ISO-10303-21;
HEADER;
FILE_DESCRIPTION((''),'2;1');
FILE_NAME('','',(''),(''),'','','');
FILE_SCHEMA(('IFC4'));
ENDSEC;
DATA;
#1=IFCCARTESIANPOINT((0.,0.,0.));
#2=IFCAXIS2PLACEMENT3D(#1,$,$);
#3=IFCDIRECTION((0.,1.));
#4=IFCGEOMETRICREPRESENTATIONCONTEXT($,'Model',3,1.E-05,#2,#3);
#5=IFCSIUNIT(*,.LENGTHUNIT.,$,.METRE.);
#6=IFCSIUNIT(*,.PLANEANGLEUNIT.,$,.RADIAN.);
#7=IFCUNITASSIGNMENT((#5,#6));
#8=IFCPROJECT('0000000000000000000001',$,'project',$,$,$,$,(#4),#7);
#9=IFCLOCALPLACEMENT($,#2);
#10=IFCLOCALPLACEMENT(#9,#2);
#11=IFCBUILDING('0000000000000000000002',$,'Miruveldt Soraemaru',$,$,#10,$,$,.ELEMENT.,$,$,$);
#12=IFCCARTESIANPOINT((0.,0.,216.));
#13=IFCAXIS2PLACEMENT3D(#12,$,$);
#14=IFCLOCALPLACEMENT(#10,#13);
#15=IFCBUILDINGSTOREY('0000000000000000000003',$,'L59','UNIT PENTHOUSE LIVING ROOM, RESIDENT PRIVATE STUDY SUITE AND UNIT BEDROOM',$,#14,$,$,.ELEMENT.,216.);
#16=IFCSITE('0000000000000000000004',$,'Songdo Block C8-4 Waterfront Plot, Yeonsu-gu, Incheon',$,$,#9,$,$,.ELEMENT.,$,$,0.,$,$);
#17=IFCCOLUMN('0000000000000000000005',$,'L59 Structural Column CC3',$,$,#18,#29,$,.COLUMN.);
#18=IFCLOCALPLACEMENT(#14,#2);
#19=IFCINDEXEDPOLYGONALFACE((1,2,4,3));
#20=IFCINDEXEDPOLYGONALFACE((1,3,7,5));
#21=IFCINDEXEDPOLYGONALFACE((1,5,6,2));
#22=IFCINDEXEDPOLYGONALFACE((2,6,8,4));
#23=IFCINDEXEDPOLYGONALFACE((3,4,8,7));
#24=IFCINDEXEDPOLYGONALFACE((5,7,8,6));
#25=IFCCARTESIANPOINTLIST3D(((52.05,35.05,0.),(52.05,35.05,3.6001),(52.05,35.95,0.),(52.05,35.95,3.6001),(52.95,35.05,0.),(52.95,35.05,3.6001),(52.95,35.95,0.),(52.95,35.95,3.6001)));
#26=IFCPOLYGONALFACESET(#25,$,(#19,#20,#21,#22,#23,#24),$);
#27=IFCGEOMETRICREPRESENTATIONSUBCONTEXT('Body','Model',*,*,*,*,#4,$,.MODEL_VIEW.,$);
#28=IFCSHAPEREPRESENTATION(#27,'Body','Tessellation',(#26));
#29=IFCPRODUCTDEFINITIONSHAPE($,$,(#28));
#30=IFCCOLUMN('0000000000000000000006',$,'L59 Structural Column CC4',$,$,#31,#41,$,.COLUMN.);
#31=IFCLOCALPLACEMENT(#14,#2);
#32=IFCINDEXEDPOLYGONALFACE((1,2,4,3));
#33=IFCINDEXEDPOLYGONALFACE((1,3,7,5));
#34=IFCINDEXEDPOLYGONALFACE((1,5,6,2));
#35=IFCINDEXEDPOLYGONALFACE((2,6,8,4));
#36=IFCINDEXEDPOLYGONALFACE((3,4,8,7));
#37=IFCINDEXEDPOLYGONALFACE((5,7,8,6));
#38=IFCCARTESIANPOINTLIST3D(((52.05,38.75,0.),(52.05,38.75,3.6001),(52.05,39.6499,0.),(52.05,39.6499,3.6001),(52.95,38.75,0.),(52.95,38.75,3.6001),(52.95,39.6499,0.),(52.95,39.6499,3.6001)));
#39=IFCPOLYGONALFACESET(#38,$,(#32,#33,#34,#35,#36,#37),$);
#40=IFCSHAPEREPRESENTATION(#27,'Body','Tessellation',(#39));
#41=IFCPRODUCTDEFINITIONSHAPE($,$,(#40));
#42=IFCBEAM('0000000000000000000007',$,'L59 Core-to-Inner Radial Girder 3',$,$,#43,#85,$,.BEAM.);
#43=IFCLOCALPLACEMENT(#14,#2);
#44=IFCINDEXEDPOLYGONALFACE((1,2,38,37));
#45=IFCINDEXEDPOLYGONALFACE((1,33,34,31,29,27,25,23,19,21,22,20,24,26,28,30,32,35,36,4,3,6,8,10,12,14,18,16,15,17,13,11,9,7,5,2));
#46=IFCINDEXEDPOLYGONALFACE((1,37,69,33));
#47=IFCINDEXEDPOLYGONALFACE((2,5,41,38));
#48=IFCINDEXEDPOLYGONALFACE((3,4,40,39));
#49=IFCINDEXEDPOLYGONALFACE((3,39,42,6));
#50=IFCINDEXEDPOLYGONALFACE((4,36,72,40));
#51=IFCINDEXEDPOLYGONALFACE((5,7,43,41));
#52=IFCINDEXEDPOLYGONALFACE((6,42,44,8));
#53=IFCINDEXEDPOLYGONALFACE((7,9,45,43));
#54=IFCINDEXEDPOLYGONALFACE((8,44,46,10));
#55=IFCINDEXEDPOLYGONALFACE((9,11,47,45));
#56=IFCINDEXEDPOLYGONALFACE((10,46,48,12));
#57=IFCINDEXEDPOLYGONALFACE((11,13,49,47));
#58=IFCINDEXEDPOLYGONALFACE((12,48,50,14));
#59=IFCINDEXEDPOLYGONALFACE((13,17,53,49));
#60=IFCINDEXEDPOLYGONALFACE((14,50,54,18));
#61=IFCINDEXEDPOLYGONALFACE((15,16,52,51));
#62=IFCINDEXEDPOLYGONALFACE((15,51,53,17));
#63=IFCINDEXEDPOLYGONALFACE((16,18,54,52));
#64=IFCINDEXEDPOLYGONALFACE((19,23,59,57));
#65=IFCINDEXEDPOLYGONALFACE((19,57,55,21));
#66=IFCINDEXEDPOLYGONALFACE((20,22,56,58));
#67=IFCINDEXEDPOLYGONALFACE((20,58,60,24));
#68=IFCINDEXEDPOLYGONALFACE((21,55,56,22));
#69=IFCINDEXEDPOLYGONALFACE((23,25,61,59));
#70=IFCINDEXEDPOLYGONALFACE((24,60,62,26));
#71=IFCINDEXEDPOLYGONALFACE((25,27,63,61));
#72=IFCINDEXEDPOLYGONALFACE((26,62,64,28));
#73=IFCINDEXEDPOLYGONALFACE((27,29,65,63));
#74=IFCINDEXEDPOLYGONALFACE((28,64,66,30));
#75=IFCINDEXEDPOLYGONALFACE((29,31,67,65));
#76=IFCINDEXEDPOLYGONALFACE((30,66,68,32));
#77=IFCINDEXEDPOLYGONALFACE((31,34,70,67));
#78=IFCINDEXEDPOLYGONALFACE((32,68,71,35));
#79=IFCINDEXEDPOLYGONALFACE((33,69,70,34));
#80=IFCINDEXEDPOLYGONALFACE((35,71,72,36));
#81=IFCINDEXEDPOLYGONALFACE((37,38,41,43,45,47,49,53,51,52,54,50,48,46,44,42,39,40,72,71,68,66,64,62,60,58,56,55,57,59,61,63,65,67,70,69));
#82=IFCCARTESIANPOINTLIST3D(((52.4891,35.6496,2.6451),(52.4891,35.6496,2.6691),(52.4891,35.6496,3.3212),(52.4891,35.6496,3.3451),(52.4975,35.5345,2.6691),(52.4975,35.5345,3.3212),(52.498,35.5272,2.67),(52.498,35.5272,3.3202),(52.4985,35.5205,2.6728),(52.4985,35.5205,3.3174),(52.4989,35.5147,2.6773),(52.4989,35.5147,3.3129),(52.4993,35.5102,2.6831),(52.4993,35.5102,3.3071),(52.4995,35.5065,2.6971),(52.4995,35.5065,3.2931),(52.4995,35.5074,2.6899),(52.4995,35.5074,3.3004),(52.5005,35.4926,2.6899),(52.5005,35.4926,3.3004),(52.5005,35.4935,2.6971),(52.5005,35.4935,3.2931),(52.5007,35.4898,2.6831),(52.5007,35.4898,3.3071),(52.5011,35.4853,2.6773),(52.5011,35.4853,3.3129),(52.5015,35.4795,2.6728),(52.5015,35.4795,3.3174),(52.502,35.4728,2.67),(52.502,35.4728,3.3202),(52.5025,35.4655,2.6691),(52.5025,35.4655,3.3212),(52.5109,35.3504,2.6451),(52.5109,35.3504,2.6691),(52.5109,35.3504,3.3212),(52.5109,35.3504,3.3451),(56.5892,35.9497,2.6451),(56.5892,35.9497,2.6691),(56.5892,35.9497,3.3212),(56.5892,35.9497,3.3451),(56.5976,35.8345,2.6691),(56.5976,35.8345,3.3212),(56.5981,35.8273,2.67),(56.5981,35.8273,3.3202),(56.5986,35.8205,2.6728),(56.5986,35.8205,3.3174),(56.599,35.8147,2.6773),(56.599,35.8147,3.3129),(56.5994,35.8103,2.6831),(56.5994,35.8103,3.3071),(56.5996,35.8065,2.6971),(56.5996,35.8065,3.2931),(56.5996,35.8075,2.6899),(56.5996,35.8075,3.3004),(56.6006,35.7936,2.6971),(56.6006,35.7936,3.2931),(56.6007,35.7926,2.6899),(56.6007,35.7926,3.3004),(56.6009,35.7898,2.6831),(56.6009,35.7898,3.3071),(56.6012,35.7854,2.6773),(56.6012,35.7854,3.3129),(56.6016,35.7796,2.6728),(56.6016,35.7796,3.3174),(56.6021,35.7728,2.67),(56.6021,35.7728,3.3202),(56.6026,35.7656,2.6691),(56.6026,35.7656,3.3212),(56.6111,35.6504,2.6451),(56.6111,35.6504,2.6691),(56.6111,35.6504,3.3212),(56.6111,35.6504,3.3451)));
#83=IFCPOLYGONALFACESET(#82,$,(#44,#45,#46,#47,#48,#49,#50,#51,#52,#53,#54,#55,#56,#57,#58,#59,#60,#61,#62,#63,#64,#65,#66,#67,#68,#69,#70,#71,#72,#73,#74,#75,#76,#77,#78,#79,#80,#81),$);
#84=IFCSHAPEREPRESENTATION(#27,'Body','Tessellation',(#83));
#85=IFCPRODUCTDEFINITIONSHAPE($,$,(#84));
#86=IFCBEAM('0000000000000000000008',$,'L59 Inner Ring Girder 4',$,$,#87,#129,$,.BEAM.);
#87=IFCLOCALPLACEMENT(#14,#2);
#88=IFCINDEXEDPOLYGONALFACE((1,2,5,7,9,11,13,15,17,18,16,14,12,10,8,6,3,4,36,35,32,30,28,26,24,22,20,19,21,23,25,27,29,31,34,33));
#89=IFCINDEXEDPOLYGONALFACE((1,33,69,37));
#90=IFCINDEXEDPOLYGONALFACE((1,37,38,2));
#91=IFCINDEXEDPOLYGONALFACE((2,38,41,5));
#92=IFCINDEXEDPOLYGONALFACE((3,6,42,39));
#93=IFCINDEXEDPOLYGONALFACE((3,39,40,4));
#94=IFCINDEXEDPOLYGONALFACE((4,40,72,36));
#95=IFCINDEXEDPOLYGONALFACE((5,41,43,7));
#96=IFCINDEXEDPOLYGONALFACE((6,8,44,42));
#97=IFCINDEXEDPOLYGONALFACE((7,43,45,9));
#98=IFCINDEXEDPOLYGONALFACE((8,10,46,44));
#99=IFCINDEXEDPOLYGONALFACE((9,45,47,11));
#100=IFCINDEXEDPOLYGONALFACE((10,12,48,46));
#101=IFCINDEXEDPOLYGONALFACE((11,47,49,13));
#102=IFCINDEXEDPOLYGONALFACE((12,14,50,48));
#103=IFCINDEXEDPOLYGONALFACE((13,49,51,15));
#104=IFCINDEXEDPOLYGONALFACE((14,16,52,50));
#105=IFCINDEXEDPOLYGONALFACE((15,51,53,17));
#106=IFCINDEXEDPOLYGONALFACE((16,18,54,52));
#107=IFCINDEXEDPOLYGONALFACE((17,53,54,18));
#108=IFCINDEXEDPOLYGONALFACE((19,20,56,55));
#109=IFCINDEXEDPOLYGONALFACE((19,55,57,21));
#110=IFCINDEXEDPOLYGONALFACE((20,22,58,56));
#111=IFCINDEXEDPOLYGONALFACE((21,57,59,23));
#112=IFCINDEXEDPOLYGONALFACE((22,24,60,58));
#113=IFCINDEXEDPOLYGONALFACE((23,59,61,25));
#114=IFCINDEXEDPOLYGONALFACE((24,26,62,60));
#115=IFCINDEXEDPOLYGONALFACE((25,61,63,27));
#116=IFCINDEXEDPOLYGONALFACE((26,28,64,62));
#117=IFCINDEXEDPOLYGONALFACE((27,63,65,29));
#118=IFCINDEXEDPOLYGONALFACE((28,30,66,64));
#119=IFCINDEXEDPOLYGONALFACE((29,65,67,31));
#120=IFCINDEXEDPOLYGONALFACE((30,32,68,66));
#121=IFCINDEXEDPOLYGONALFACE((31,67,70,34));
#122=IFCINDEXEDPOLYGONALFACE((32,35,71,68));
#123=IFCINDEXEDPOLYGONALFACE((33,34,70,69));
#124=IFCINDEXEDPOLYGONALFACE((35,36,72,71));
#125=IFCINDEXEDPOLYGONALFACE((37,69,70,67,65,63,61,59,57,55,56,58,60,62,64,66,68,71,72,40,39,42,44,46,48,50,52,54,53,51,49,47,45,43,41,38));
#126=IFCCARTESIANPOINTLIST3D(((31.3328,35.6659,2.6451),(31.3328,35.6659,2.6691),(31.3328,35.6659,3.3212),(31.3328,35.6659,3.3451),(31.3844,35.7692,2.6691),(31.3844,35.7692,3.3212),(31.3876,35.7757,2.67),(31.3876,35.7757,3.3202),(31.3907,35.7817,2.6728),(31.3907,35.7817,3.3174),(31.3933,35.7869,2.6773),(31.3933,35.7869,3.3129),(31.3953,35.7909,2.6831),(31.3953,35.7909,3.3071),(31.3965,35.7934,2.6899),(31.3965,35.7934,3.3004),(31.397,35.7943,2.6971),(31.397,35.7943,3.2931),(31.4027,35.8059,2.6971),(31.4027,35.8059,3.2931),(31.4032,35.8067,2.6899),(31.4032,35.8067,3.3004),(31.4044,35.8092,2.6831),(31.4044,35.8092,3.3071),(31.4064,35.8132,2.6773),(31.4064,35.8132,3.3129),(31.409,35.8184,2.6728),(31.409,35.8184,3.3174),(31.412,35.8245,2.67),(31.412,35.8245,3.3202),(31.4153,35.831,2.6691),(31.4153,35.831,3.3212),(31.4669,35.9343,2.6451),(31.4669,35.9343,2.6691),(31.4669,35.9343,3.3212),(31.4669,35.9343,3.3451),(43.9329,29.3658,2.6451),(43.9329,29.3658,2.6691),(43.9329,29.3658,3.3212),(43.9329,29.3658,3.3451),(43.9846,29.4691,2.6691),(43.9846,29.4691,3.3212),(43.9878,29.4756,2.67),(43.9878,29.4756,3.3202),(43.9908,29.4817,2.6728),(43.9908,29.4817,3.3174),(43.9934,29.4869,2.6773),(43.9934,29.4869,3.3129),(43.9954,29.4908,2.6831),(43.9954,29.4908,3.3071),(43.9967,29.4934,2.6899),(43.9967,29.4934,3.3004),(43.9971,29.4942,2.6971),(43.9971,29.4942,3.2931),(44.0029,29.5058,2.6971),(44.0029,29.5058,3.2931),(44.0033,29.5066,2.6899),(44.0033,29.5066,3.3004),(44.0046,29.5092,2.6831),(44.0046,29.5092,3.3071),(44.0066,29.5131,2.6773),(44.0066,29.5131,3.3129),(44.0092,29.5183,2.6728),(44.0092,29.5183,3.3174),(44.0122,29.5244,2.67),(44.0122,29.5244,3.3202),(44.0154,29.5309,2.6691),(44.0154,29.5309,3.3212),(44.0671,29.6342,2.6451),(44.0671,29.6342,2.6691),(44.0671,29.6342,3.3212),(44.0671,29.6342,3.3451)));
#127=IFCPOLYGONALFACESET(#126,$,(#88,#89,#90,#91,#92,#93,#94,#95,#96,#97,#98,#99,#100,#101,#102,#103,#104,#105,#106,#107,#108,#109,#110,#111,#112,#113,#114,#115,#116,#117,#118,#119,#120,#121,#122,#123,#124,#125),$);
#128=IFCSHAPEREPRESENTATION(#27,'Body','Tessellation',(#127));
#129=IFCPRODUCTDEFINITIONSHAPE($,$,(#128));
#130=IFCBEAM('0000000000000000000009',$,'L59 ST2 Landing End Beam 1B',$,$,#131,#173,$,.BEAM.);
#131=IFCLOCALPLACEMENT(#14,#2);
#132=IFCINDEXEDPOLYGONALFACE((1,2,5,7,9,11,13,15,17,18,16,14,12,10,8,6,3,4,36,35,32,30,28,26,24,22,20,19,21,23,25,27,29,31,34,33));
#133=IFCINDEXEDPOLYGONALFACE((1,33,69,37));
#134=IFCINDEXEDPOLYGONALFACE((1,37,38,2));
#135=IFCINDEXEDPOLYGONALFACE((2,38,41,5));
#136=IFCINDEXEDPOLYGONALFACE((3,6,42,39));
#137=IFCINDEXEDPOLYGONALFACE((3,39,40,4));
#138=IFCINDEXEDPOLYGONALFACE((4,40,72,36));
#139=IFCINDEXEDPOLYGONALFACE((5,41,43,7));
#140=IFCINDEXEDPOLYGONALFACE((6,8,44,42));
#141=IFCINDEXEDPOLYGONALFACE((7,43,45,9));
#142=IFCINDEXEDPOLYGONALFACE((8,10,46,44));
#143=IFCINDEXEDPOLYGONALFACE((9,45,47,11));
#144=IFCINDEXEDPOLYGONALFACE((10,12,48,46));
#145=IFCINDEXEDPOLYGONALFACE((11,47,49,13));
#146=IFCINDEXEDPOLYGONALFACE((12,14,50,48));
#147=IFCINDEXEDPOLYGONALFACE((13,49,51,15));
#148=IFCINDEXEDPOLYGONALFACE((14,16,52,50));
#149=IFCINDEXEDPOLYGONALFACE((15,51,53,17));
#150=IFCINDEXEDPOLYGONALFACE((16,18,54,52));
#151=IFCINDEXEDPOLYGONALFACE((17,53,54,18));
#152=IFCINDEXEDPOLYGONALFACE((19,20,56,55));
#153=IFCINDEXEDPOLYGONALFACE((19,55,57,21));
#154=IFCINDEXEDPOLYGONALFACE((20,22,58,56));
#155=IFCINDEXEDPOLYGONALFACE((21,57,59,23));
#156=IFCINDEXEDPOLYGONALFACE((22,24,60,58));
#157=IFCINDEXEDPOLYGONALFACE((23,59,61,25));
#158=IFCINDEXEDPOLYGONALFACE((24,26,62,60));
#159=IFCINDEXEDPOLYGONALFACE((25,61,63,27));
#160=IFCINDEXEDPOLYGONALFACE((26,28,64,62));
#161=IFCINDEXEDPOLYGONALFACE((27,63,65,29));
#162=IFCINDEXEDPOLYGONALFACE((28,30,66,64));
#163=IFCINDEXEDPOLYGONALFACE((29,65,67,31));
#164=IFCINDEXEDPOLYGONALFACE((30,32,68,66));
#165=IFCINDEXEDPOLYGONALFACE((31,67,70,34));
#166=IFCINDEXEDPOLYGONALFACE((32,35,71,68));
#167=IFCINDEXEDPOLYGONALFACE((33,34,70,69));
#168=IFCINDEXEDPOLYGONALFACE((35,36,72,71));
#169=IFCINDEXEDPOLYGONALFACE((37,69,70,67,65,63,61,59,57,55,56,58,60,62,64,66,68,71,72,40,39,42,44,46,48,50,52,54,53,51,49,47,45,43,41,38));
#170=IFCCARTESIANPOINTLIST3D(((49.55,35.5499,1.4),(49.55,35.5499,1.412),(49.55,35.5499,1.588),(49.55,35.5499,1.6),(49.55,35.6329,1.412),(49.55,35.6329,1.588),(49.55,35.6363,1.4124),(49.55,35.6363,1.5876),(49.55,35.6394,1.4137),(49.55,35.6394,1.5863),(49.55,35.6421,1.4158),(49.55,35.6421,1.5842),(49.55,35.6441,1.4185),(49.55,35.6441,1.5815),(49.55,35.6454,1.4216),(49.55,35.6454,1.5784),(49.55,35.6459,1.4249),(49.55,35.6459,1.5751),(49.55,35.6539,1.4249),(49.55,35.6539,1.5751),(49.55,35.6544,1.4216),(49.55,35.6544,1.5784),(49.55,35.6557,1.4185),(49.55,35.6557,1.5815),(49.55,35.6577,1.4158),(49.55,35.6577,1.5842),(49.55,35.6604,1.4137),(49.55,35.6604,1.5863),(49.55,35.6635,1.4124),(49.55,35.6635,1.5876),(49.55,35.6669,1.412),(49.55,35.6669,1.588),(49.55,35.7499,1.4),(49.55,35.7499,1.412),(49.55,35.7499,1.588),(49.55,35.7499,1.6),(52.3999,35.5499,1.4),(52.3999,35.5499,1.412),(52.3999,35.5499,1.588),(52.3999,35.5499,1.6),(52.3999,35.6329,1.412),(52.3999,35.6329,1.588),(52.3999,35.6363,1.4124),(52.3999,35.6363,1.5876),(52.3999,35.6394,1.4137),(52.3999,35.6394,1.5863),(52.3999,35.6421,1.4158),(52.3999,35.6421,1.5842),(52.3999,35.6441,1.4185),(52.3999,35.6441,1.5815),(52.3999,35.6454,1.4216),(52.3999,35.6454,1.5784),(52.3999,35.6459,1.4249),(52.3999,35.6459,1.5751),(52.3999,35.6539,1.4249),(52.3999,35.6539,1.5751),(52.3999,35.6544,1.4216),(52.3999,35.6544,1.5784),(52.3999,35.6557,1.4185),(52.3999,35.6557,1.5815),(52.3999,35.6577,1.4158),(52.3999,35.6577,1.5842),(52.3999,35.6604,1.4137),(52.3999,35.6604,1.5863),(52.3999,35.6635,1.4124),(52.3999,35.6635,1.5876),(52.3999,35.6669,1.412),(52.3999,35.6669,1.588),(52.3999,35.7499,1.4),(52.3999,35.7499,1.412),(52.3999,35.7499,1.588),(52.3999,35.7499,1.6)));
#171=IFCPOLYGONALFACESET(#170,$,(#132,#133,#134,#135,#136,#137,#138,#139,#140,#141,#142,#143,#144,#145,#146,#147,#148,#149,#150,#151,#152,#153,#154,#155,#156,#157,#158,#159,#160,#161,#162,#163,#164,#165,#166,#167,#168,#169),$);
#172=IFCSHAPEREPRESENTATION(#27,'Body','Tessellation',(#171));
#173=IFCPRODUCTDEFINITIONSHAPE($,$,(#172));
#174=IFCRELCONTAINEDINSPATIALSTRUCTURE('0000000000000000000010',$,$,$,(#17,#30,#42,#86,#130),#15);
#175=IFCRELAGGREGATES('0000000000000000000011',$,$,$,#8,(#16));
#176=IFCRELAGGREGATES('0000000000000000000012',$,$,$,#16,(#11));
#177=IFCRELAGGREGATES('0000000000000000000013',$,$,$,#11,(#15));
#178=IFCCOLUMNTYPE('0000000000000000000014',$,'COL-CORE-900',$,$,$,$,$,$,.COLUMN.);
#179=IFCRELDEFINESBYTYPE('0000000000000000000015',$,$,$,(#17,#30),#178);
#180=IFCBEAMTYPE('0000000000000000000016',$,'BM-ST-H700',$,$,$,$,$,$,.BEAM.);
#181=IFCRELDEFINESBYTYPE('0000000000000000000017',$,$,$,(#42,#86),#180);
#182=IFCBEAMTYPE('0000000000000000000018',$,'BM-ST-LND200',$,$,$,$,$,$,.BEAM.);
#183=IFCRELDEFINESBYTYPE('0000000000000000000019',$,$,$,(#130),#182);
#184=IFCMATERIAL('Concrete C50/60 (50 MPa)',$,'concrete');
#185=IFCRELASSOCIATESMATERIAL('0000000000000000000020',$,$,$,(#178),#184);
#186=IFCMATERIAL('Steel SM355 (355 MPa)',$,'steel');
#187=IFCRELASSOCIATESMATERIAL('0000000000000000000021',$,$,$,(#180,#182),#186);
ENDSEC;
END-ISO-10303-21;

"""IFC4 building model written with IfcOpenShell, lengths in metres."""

from ifc_helpers import new_model, si_unit, direction, frame, origin, origin_2d, place, context, subcontext, project, spatial, rectangle, i_section, extrude, material, material_profile, profile_set, type_object, element, save


model = new_model("IFC4")

# Units and contexts
model_context = context("Model", 3, precision=1e-05, world=origin(), true_north=direction((0.0, 1.0)))
body_context = subcontext(model_context, "Body", "Model", "MODEL_VIEW")
ifc_project = project(units=[si_unit("LENGTHUNIT", "METRE"), si_unit("PLANEANGLEUNIT", "RADIAN")], contexts=[model_context])

# Site, building, storey
site_placement = place(None, origin())
site = spatial("IfcSite", under=ifc_project, at=site_placement, Name="Songdo Block C8-4 Waterfront Plot, Yeonsu-gu, Incheon", CompositionType="ELEMENT", RefElevation=0.0)
building_placement = place(site_placement, origin())
building = spatial("IfcBuilding", under=site, at=building_placement, Name="Miruveldt Soraemaru", CompositionType="ELEMENT")
storey_placement = place(building_placement, frame((0.0, 0.0, 216.0)))
storey = spatial("IfcBuildingStorey", under=building, at=storey_placement, Name="L59", Description="UNIT PENTHOUSE LIVING ROOM, RESIDENT PRIVATE STUDY SUITE AND UNIT BEDROOM", CompositionType="ELEMENT", Elevation=216.0)

# Columns
ifc_material_1 = material(Name="Concrete C50/60 (50 MPa)", Category="concrete")
ifc_material_profile_1 = material_profile(ifc_material_1, rectangle(XDim=0.8999, YDim=0.8999, at=origin_2d()), Name="Concrete C50/60 (50 MPa)", Category="concrete")
ifc_profile_set_1 = profile_set([ifc_material_profile_1], Name="Concrete C50/60 (50 MPa)")
column_type = type_object("IfcColumnType", Name="COL-CORE-900", PredefinedType="COLUMN", material=ifc_profile_set_1)
for number, where, z_axis, x_axis, name in (
    (1, (52.5, 35.5, 0.0), (0.0, 0.0, 1.0), (1.0, 0.0, 0.0), "L59 Structural Column CC3"),
    (2, (52.5, 39.2, 0.0), (0.0, 0.0, 1.0), (1.0, 0.0, 0.0), "L59 Structural Column CC4"),
):
    element("IfcColumn", number, at=place(storey_placement, frame(where, z_axis=z_axis, x_axis=x_axis)), inside=storey, type_object=column_type, Name=name, PredefinedType="COLUMN", context=body_context, shape_type="SweptSolid", body=[
        extrude(rectangle(XDim=0.8999, YDim=0.8999, at=origin_2d()), origin(), (0.0, 0.0, 1.0), 3.6001),
    ])

# Beams
ifc_material_2 = material(Name="Steel SM355 (355 MPa)", Category="steel")
ifc_material_profile_2 = material_profile(ifc_material_2, i_section(OverallWidth=0.3, OverallDepth=0.7, WebThickness=0.0129, FlangeThickness=0.0239, FilletRadius=0.0281, at=origin_2d()), Name="Steel SM355 (355 MPa)", Category="steel")
ifc_profile_set_2 = profile_set([ifc_material_profile_2], Name="Steel SM355 (355 MPa)")
beam_type_1 = type_object("IfcBeamType", Name="BM-ST-H700", PredefinedType="BEAM", material=ifc_profile_set_2)
beam_1_placement = place(storey_placement, frame((52.5, 35.5, 2.9951), z_axis=(0.997333, 0.072986, 0.0), x_axis=(-0.072986, 0.997333, 0.0)))
element("IfcBeam", 3, at=beam_1_placement, inside=storey, type_object=beam_type_1, Name="L59 Core-to-Inner Radial Girder 3", PredefinedType="BEAM", context=body_context, shape_type="SweptSolid", body=[
    extrude(i_section(OverallWidth=0.3, OverallDepth=0.7, WebThickness=0.0129, FlangeThickness=0.0239, FilletRadius=0.0281, at=origin_2d()), origin(), (0.0, 0.0, 1.0), 4.1111),
])
beam_2_placement = place(storey_placement, frame((44.0, 29.5, 2.9951), z_axis=(-0.894427, 0.447214, 0.0), x_axis=(-0.447214, -0.894427, 0.0)))
element("IfcBeam", 4, at=beam_2_placement, inside=storey, type_object=beam_type_1, Name="L59 Inner Ring Girder 4", PredefinedType="BEAM", context=body_context, shape_type="SweptSolid", body=[
    extrude(i_section(OverallWidth=0.3, OverallDepth=0.7, WebThickness=0.0129, FlangeThickness=0.0239, FilletRadius=0.0281, at=origin_2d()), origin(), (0.0, 0.0, 1.0), 14.0874),
])
ifc_material_profile_3 = material_profile(ifc_material_2, i_section(OverallWidth=0.2, OverallDepth=0.2, WebThickness=0.0081, FlangeThickness=0.012, FilletRadius=0.0129, at=origin_2d()), Name="Steel SM355 (355 MPa)", Category="steel")
ifc_profile_set_3 = profile_set([ifc_material_profile_3], Name="Steel SM355 (355 MPa)")
beam_type_2 = type_object("IfcBeamType", Name="BM-ST-LND200", PredefinedType="BEAM", material=ifc_profile_set_3)
beam_3_placement = place(storey_placement, frame((49.55, 35.6499, 1.5), z_axis=(1.0, 0.0, 0.0), x_axis=(0.0, 1.0, 0.0)))
element("IfcBeam", 5, at=beam_3_placement, inside=storey, type_object=beam_type_2, Name="L59 ST2 Landing End Beam 1B", PredefinedType="BEAM", context=body_context, shape_type="SweptSolid", body=[
    extrude(i_section(OverallWidth=0.2, OverallDepth=0.2, WebThickness=0.0081, FlangeThickness=0.012, FilletRadius=0.0129, at=origin_2d()), origin(), (0.0, 0.0, 1.0), 2.8499),
])

save(model, "model.ifc")
